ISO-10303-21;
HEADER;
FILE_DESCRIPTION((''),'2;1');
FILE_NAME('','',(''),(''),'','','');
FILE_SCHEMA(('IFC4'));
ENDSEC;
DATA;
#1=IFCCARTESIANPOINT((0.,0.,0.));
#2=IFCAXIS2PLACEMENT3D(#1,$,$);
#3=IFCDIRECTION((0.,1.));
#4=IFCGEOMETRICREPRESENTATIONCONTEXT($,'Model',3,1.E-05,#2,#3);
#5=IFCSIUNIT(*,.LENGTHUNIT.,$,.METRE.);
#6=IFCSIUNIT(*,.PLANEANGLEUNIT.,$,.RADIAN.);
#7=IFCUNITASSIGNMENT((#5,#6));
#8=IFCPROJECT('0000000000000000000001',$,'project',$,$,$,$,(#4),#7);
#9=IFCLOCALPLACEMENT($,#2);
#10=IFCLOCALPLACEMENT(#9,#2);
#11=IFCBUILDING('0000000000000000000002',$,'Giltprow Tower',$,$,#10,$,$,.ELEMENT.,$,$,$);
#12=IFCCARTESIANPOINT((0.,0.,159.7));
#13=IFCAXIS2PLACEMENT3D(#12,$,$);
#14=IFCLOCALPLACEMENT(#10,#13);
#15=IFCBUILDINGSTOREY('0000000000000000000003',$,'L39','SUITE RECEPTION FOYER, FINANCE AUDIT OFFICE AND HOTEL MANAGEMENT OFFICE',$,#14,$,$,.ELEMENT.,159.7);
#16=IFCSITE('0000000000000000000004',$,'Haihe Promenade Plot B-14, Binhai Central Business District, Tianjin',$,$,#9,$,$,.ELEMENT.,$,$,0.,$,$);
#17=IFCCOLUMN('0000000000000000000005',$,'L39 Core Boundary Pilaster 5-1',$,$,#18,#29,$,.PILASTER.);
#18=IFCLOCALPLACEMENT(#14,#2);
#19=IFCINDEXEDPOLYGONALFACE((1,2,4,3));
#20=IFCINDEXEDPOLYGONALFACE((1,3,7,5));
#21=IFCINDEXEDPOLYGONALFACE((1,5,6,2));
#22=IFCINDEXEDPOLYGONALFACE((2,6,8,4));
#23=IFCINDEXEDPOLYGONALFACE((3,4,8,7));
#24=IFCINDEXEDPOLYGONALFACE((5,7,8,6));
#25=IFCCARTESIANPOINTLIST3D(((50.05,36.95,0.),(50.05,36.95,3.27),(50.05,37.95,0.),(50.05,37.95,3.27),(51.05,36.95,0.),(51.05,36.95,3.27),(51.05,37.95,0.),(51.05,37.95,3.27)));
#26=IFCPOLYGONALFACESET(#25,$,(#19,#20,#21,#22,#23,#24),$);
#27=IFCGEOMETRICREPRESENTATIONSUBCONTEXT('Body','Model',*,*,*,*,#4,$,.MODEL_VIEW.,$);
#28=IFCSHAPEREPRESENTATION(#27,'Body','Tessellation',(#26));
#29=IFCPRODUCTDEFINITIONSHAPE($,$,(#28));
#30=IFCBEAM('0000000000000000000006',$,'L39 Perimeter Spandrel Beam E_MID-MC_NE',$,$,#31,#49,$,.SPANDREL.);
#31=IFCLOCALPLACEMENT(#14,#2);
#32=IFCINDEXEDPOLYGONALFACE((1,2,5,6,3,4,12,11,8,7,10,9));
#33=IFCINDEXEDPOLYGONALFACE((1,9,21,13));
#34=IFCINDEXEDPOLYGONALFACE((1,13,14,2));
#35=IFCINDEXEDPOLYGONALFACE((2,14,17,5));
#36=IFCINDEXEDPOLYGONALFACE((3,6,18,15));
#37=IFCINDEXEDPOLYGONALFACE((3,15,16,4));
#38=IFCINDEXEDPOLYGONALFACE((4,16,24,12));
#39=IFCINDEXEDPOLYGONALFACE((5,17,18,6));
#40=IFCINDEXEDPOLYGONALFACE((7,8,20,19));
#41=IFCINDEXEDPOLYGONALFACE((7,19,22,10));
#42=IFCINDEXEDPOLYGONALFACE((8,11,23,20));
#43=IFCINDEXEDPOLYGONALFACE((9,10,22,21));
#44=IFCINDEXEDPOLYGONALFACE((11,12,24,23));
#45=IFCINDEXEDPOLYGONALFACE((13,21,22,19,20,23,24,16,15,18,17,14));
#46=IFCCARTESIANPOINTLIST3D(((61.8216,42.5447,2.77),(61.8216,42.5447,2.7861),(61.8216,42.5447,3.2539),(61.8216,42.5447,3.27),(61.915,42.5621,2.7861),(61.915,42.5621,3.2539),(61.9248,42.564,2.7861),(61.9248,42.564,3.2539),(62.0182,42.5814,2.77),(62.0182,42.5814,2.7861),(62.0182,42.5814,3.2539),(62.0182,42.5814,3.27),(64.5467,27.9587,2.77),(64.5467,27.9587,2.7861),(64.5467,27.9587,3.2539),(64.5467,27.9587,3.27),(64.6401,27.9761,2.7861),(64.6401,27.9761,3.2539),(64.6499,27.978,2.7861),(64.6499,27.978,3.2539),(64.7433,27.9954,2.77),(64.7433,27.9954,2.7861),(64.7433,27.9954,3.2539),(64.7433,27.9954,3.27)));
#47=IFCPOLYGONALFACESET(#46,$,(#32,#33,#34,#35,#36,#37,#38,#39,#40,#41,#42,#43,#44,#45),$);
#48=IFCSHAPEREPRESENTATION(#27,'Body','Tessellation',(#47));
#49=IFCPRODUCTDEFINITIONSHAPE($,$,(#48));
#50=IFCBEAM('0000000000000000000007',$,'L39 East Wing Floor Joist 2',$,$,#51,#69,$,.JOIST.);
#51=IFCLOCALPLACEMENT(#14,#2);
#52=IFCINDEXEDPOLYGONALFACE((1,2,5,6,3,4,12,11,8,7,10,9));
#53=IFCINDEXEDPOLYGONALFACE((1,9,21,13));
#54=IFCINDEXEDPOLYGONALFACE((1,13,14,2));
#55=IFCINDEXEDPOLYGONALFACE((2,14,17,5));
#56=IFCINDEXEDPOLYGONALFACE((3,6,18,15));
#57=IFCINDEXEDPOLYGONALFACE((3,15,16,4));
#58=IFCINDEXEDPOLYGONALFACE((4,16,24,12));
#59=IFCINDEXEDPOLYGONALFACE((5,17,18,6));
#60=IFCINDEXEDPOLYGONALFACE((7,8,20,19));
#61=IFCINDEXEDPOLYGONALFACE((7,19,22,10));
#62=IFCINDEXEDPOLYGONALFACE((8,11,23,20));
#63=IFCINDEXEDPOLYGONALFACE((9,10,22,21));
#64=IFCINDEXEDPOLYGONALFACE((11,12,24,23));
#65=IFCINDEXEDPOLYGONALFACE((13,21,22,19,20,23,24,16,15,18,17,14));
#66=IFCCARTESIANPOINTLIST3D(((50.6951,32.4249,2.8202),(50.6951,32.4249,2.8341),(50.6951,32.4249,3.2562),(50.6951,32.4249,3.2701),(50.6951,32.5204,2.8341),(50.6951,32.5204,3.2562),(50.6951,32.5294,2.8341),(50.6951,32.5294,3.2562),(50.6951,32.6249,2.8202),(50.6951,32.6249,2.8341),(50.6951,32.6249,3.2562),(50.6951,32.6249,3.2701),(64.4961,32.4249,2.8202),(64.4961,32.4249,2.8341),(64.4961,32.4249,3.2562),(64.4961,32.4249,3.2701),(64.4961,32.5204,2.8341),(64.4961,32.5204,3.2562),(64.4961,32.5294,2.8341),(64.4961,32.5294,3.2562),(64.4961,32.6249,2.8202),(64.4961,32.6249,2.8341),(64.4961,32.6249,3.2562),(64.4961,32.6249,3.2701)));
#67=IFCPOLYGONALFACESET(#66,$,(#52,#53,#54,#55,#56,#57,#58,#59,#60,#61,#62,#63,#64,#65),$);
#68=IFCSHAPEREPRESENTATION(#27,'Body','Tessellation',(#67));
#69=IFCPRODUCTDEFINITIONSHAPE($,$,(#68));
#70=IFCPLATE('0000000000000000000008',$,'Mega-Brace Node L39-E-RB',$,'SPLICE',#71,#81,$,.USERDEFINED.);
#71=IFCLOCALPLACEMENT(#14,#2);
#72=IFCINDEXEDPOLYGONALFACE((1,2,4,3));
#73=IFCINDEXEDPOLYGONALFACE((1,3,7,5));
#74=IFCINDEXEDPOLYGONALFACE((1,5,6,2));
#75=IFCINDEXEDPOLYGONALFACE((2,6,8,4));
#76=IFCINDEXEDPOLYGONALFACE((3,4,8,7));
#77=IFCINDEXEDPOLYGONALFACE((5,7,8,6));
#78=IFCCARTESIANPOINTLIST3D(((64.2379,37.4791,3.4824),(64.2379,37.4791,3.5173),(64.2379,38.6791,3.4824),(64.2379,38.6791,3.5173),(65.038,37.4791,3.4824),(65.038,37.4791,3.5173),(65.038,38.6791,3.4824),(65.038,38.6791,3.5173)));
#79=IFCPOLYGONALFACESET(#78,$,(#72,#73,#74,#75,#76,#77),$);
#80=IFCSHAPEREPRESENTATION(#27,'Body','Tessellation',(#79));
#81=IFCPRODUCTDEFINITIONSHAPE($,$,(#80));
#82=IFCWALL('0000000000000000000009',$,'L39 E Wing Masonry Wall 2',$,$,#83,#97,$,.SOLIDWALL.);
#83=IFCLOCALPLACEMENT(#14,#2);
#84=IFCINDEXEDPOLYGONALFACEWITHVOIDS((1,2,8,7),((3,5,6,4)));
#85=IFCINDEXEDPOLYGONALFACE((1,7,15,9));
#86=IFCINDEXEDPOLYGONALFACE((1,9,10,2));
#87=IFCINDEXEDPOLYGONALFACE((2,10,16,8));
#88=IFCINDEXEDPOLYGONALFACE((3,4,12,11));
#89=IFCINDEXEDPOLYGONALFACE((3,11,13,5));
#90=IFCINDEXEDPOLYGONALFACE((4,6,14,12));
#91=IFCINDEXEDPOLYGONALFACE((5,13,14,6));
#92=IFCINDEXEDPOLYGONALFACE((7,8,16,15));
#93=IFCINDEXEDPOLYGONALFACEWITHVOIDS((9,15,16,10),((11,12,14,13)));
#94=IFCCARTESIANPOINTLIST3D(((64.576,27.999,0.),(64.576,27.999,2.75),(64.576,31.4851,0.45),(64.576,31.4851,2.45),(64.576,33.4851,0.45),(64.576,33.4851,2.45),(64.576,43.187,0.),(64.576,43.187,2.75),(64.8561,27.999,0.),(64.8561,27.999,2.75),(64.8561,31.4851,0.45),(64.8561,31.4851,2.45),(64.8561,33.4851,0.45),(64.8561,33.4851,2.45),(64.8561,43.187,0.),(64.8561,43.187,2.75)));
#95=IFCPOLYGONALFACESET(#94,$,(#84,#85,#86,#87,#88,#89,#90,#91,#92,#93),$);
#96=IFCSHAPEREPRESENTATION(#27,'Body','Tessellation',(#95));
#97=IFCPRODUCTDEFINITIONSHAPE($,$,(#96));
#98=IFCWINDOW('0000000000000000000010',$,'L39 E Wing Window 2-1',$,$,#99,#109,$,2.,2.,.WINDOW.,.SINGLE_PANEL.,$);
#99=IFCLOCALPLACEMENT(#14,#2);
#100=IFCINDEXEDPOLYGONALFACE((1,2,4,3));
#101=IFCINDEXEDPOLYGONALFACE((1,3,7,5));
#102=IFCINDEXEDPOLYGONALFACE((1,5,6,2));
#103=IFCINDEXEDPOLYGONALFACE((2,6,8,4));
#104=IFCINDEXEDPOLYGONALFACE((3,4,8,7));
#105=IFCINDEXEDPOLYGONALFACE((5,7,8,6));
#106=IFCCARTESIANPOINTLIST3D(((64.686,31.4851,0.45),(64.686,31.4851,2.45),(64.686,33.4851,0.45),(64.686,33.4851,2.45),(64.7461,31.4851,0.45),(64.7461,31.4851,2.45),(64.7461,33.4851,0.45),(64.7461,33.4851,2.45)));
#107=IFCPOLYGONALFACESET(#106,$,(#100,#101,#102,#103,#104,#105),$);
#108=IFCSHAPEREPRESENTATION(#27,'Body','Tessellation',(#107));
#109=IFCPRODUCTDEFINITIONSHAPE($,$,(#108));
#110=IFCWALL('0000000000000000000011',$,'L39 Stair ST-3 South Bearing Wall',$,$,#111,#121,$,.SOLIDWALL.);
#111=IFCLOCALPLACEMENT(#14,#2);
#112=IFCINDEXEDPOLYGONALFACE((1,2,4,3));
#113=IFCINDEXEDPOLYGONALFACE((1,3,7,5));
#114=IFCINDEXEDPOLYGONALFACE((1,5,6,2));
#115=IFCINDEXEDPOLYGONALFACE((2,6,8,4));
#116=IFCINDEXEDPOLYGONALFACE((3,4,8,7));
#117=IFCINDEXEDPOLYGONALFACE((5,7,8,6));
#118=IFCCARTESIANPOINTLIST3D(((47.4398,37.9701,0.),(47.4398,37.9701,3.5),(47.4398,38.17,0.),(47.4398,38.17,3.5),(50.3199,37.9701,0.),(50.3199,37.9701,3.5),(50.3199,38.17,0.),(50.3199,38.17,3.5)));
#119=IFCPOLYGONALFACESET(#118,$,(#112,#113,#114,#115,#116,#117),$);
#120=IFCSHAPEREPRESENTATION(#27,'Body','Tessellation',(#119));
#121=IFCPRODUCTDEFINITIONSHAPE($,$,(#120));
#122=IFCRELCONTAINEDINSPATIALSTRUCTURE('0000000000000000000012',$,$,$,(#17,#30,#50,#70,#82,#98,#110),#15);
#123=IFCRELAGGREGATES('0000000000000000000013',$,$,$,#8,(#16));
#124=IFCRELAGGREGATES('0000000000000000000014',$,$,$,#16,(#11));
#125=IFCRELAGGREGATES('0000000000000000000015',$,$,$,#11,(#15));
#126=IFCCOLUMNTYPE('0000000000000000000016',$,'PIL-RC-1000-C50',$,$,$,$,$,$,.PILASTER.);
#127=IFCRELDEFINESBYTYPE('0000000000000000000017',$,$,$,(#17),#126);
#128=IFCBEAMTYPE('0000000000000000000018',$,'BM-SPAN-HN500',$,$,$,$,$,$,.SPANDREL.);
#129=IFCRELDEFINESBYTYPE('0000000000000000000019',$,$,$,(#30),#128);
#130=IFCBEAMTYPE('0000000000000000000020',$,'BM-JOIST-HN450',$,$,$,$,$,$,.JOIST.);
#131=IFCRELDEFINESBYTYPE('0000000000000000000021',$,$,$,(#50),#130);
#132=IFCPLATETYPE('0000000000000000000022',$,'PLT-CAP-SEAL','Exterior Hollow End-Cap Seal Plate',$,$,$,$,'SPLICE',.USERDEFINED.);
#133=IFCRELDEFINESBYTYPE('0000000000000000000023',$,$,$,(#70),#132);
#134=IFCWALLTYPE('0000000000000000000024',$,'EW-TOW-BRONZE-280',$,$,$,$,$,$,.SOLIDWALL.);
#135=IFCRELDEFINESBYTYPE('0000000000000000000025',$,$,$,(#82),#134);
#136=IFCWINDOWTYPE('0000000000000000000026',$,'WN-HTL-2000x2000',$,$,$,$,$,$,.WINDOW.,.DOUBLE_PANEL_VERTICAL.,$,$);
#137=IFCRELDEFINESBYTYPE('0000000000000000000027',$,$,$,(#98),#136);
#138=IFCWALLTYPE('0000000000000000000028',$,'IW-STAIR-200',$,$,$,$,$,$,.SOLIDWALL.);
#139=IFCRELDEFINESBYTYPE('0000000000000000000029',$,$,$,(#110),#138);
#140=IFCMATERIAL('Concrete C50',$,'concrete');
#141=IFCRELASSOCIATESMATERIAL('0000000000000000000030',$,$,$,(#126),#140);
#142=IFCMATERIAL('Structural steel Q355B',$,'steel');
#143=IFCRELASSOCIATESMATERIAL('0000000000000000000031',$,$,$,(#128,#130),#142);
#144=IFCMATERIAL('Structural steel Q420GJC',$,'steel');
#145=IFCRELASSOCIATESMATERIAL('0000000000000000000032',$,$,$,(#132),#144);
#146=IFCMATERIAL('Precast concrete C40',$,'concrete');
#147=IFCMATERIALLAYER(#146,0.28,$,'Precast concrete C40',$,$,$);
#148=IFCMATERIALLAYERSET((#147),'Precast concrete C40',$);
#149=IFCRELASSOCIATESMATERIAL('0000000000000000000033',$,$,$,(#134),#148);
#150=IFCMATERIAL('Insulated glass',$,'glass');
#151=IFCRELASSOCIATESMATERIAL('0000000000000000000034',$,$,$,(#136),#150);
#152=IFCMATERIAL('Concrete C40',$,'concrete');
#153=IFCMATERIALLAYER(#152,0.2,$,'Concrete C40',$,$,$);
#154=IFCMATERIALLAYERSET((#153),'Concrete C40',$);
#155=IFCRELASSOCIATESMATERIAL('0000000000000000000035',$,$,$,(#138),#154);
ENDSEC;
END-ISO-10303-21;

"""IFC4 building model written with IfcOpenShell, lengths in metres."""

from ifc_helpers import new_model, si_unit, direction, frame, frame_2d, origin, origin_2d, place, context, subcontext, project, spatial, rectangle, i_section, extrude, source, transform, mapped, material, layer, layer_set, material_profile, profile_set, type_object, element, fill, save


model = new_model("IFC4")

# Units and contexts
model_context = context("Model", 3, precision=1e-05, world=origin(), true_north=direction((0.0, 1.0)))
body_context = subcontext(model_context, "Body", "Model", "MODEL_VIEW")
ifc_project = project(units=[si_unit("LENGTHUNIT", "METRE"), si_unit("PLANEANGLEUNIT", "RADIAN")], contexts=[model_context])

# Site, building, storey
site_placement = place(None, origin())
site = spatial("IfcSite", under=ifc_project, at=site_placement, Name="Haihe Promenade Plot B-14, Binhai Central Business District, Tianjin", CompositionType="ELEMENT", RefElevation=0.0)
building_placement = place(site_placement, origin())
building = spatial("IfcBuilding", under=site, at=building_placement, Name="Giltprow Tower", CompositionType="ELEMENT")
storey_placement = place(building_placement, frame((0.0, 0.0, 159.7)))
storey = spatial("IfcBuildingStorey", under=building, at=storey_placement, Name="L39", Description="SUITE RECEPTION FOYER, FINANCE AUDIT OFFICE AND HOTEL MANAGEMENT OFFICE", CompositionType="ELEMENT", Elevation=159.7)

# Column
ifc_material_1 = material(Name="Concrete C50", Category="concrete")
ifc_material_profile_1 = material_profile(ifc_material_1, rectangle(XDim=1.0, YDim=1.0, at=origin_2d()), Name="RC 1000x1000")
ifc_profile_set_1 = profile_set([ifc_material_profile_1], Name="Concrete C50")
column_type = type_object("IfcColumnType", Name="PIL-RC-1000-C50", PredefinedType="PILASTER", material=ifc_profile_set_1)
shared_shape_1 = source(origin(), body_context, "Body", "SweptSolid", [
    extrude(rectangle(XDim=1.0, YDim=1.0, at=origin_2d()), origin(), (0.0, 0.0, 1.0), 3.27),
])
column_placement = place(storey_placement, frame((50.55, 37.45, 0.0), z_axis=(0.0, 0.0, 1.0), x_axis=(1.0, 0.0, 0.0)))
element("IfcColumn", 1, at=column_placement, inside=storey, type_object=column_type, Name="L39 Core Boundary Pilaster 5-1", PredefinedType="PILASTER", context=body_context, shape_type="MappedRepresentation", body=[
    mapped(shared_shape_1, transform((0.0, 0.0, 0.0), x_axis=(1.0, 0.0, 0.0), y_axis=(0.0, 1.0, 0.0), z_axis=(0.0, 0.0, 1.0), scale=1.0)),
])

# Beams
ifc_material_2 = material(Name="Structural steel Q355B", Category="steel")
ifc_material_profile_2 = material_profile(ifc_material_2, i_section(OverallWidth=0.2, OverallDepth=0.5, WebThickness=0.01, FlangeThickness=0.0161, at=origin_2d()), Name="HN 500x200x10x16")
ifc_profile_set_2 = profile_set([ifc_material_profile_2], Name="Structural steel Q355B")
beam_type_1 = type_object("IfcBeamType", Name="BM-SPAN-HN500", PredefinedType="SPANDREL", material=ifc_profile_set_2)
shared_shape_2 = source(origin(), body_context, "Body", "SweptSolid", [
    extrude(i_section(OverallWidth=0.2, OverallDepth=0.5, WebThickness=0.01, FlangeThickness=0.0161, at=origin_2d()), origin(), (0.0, 0.0, 1.0), 14.8384),
])
beam_1_placement = place(storey_placement, frame((64.645, 27.9771, 3.02), z_axis=(-0.183653, 0.982991, 0.0), x_axis=(-0.982991, -0.183653, 0.0)))
element("IfcBeam", 2, at=beam_1_placement, inside=storey, type_object=beam_type_1, Name="L39 Perimeter Spandrel Beam E_MID-MC_NE", PredefinedType="SPANDREL", context=body_context, shape_type="MappedRepresentation", body=[
    mapped(shared_shape_2, transform((0.0, 0.0, 0.0), x_axis=(1.0, 0.0, 0.0), y_axis=(0.0, 1.0, 0.0), z_axis=(0.0, 0.0, 1.0), scale=1.0)),
])
ifc_material_profile_3 = material_profile(ifc_material_2, i_section(OverallWidth=0.2, OverallDepth=0.45, WebThickness=0.009, FlangeThickness=0.0139, at=origin_2d()), Name="HN 450x200x9x14")
ifc_profile_set_3 = profile_set([ifc_material_profile_3], Name="Structural steel Q355B")
beam_type_2 = type_object("IfcBeamType", Name="BM-JOIST-HN450", PredefinedType="JOIST", material=ifc_profile_set_3)
shared_shape_3 = source(origin(), body_context, "Body", "SweptSolid", [
    extrude(i_section(OverallWidth=0.2, OverallDepth=0.45, WebThickness=0.009, FlangeThickness=0.0139, at=origin_2d()), origin(), (0.0, 0.0, 1.0), 13.801),
])
beam_2_placement = place(storey_placement, frame((50.6951, 32.5249, 3.0452), z_axis=(1.0, 0.0, 0.0), x_axis=(0.0, 1.0, 0.0)))
element("IfcBeam", 3, at=beam_2_placement, inside=storey, type_object=beam_type_2, Name="L39 East Wing Floor Joist 2", PredefinedType="JOIST", context=body_context, shape_type="MappedRepresentation", body=[
    mapped(shared_shape_3, transform((0.0, 0.0, 0.0), x_axis=(1.0, 0.0, 0.0), y_axis=(0.0, 1.0, 0.0), z_axis=(0.0, 0.0, 1.0), scale=1.0)),
])

# Plate
ifc_material_3 = material(Name="Structural steel Q420GJC", Category="steel")
plate_type = type_object("IfcPlateType", Name="PLT-CAP-SEAL", Description="Exterior Hollow End-Cap Seal Plate", ElementType="SPLICE", PredefinedType="USERDEFINED", material=ifc_material_3)
shared_shape_4 = source(origin(), body_context, "Body", "SweptSolid", [
    extrude(rectangle(XDim=1.2, YDim=0.8, at=origin_2d()), origin(), (0.0, 0.0, 1.0), 0.0349),
])
plate_placement = place(storey_placement, frame((64.6379, 38.0791, 3.4824), z_axis=(0.0, 0.0, 1.0), x_axis=(0.0, 1.0, 0.0)))
element("IfcPlate", 4, at=plate_placement, inside=storey, type_object=plate_type, Name="Mega-Brace Node L39-E-RB", ObjectType="SPLICE", PredefinedType="USERDEFINED", context=body_context, shape_type="MappedRepresentation", body=[
    mapped(shared_shape_4, transform((0.0, 0.0, 0.0), x_axis=(1.0, 0.0, 0.0), y_axis=(0.0, 1.0, 0.0), z_axis=(0.0, 0.0, 1.0), scale=1.0)),
])

# Wall, opening, window
ifc_material_4 = material(Name="Precast concrete C40", Category="concrete")
ifc_layer_1 = layer(ifc_material_4, 0.28, Name="Precast concrete C40")
ifc_layer_set_1 = layer_set([ifc_layer_1], Name="Precast concrete C40")
wall_type_1 = type_object("IfcWallType", Name="EW-TOW-BRONZE-280", PredefinedType="SOLIDWALL", material=ifc_layer_set_1)
wall_1_placement = place(storey_placement, frame((64.7161, 27.999, 0.0), z_axis=(0.0, 0.0, 1.0), x_axis=(0.0, 1.0, 0.0)))
wall_1 = element("IfcWall", 5, at=wall_1_placement, inside=storey, type_object=wall_type_1, Name="L39 E Wing Masonry Wall 2", PredefinedType="SOLIDWALL", context=body_context, shape_type="SweptSolid", body=[
    extrude(rectangle(XDim=15.188, YDim=0.28, at=frame_2d((7.594, 0.0))), origin(), (0.0, 0.0, 1.0), 2.75),
])
opening_1_placement = place(wall_1_placement, frame((3.4861, 0.0, 0.45)))
opening_1 = element("IfcOpeningElement", 6, at=opening_1_placement, cuts=wall_1, PredefinedType="OPENING", context=body_context, shape_type="SweptSolid", body=[
    extrude(rectangle(XDim=2.0, YDim=2.0, at=frame_2d((1.0, 1.0))), frame((0.0, 0.1499, 0.0), z_axis=(0.0, -1.0, 0.0), x_axis=(1.0, 0.0, 0.0)), (0.0, 0.0, 1.0), 0.3),
])
ifc_material_5 = material(Name="Insulated glass", Category="glass")
window_type = type_object("IfcWindowType", Name="WN-HTL-2000x2000", PartitioningType="DOUBLE_PANEL_VERTICAL", PredefinedType="WINDOW", material=ifc_material_5)
shared_shape_5 = source(origin(), body_context, "Body", "SweptSolid", [
    extrude(rectangle(XDim=2.0, YDim=2.0, at=frame_2d((1.0, 1.0))), frame((0.0, 0.03, 0.0), z_axis=(0.0, -1.0, 0.0), x_axis=(1.0, 0.0, 0.0)), (0.0, 0.0, 1.0), 0.0601),
])
window_placement = place(opening_1_placement, origin())
window = element("IfcWindow", 7, at=window_placement, inside=storey, type_object=window_type, Name="L39 E Wing Window 2-1", OverallHeight=2.0, OverallWidth=2.0, PartitioningType="SINGLE_PANEL", PredefinedType="WINDOW", context=body_context, shape_type="MappedRepresentation", body=[
    mapped(shared_shape_5, transform((0.0, 0.0, 0.0), x_axis=(1.0, 0.0, 0.0), y_axis=(0.0, 1.0, 0.0), z_axis=(0.0, 0.0, 1.0), scale=1.0)),
])
fill(opening_1, window)

# Wall
ifc_material_6 = material(Name="Concrete C40", Category="concrete")
ifc_layer_2 = layer(ifc_material_6, 0.2, Name="Concrete C40")
ifc_layer_set_2 = layer_set([ifc_layer_2], Name="Concrete C40")
wall_type_2 = type_object("IfcWallType", Name="IW-STAIR-200", PredefinedType="SOLIDWALL", material=ifc_layer_set_2)
wall_2_placement = place(storey_placement, frame((47.4399, 38.0701, 0.0), z_axis=(0.0, 0.0, 1.0), x_axis=(1.0, 0.0, 0.0)))
element("IfcWall", 8, at=wall_2_placement, inside=storey, type_object=wall_type_2, Name="L39 Stair ST-3 South Bearing Wall", PredefinedType="SOLIDWALL", context=body_context, shape_type="SweptSolid", body=[
    extrude(rectangle(XDim=2.8801, YDim=0.2, at=frame_2d((1.4399, 0.0))), origin(), (0.0, 0.0, 1.0), 3.5),
])

save(model, "model.ifc")
